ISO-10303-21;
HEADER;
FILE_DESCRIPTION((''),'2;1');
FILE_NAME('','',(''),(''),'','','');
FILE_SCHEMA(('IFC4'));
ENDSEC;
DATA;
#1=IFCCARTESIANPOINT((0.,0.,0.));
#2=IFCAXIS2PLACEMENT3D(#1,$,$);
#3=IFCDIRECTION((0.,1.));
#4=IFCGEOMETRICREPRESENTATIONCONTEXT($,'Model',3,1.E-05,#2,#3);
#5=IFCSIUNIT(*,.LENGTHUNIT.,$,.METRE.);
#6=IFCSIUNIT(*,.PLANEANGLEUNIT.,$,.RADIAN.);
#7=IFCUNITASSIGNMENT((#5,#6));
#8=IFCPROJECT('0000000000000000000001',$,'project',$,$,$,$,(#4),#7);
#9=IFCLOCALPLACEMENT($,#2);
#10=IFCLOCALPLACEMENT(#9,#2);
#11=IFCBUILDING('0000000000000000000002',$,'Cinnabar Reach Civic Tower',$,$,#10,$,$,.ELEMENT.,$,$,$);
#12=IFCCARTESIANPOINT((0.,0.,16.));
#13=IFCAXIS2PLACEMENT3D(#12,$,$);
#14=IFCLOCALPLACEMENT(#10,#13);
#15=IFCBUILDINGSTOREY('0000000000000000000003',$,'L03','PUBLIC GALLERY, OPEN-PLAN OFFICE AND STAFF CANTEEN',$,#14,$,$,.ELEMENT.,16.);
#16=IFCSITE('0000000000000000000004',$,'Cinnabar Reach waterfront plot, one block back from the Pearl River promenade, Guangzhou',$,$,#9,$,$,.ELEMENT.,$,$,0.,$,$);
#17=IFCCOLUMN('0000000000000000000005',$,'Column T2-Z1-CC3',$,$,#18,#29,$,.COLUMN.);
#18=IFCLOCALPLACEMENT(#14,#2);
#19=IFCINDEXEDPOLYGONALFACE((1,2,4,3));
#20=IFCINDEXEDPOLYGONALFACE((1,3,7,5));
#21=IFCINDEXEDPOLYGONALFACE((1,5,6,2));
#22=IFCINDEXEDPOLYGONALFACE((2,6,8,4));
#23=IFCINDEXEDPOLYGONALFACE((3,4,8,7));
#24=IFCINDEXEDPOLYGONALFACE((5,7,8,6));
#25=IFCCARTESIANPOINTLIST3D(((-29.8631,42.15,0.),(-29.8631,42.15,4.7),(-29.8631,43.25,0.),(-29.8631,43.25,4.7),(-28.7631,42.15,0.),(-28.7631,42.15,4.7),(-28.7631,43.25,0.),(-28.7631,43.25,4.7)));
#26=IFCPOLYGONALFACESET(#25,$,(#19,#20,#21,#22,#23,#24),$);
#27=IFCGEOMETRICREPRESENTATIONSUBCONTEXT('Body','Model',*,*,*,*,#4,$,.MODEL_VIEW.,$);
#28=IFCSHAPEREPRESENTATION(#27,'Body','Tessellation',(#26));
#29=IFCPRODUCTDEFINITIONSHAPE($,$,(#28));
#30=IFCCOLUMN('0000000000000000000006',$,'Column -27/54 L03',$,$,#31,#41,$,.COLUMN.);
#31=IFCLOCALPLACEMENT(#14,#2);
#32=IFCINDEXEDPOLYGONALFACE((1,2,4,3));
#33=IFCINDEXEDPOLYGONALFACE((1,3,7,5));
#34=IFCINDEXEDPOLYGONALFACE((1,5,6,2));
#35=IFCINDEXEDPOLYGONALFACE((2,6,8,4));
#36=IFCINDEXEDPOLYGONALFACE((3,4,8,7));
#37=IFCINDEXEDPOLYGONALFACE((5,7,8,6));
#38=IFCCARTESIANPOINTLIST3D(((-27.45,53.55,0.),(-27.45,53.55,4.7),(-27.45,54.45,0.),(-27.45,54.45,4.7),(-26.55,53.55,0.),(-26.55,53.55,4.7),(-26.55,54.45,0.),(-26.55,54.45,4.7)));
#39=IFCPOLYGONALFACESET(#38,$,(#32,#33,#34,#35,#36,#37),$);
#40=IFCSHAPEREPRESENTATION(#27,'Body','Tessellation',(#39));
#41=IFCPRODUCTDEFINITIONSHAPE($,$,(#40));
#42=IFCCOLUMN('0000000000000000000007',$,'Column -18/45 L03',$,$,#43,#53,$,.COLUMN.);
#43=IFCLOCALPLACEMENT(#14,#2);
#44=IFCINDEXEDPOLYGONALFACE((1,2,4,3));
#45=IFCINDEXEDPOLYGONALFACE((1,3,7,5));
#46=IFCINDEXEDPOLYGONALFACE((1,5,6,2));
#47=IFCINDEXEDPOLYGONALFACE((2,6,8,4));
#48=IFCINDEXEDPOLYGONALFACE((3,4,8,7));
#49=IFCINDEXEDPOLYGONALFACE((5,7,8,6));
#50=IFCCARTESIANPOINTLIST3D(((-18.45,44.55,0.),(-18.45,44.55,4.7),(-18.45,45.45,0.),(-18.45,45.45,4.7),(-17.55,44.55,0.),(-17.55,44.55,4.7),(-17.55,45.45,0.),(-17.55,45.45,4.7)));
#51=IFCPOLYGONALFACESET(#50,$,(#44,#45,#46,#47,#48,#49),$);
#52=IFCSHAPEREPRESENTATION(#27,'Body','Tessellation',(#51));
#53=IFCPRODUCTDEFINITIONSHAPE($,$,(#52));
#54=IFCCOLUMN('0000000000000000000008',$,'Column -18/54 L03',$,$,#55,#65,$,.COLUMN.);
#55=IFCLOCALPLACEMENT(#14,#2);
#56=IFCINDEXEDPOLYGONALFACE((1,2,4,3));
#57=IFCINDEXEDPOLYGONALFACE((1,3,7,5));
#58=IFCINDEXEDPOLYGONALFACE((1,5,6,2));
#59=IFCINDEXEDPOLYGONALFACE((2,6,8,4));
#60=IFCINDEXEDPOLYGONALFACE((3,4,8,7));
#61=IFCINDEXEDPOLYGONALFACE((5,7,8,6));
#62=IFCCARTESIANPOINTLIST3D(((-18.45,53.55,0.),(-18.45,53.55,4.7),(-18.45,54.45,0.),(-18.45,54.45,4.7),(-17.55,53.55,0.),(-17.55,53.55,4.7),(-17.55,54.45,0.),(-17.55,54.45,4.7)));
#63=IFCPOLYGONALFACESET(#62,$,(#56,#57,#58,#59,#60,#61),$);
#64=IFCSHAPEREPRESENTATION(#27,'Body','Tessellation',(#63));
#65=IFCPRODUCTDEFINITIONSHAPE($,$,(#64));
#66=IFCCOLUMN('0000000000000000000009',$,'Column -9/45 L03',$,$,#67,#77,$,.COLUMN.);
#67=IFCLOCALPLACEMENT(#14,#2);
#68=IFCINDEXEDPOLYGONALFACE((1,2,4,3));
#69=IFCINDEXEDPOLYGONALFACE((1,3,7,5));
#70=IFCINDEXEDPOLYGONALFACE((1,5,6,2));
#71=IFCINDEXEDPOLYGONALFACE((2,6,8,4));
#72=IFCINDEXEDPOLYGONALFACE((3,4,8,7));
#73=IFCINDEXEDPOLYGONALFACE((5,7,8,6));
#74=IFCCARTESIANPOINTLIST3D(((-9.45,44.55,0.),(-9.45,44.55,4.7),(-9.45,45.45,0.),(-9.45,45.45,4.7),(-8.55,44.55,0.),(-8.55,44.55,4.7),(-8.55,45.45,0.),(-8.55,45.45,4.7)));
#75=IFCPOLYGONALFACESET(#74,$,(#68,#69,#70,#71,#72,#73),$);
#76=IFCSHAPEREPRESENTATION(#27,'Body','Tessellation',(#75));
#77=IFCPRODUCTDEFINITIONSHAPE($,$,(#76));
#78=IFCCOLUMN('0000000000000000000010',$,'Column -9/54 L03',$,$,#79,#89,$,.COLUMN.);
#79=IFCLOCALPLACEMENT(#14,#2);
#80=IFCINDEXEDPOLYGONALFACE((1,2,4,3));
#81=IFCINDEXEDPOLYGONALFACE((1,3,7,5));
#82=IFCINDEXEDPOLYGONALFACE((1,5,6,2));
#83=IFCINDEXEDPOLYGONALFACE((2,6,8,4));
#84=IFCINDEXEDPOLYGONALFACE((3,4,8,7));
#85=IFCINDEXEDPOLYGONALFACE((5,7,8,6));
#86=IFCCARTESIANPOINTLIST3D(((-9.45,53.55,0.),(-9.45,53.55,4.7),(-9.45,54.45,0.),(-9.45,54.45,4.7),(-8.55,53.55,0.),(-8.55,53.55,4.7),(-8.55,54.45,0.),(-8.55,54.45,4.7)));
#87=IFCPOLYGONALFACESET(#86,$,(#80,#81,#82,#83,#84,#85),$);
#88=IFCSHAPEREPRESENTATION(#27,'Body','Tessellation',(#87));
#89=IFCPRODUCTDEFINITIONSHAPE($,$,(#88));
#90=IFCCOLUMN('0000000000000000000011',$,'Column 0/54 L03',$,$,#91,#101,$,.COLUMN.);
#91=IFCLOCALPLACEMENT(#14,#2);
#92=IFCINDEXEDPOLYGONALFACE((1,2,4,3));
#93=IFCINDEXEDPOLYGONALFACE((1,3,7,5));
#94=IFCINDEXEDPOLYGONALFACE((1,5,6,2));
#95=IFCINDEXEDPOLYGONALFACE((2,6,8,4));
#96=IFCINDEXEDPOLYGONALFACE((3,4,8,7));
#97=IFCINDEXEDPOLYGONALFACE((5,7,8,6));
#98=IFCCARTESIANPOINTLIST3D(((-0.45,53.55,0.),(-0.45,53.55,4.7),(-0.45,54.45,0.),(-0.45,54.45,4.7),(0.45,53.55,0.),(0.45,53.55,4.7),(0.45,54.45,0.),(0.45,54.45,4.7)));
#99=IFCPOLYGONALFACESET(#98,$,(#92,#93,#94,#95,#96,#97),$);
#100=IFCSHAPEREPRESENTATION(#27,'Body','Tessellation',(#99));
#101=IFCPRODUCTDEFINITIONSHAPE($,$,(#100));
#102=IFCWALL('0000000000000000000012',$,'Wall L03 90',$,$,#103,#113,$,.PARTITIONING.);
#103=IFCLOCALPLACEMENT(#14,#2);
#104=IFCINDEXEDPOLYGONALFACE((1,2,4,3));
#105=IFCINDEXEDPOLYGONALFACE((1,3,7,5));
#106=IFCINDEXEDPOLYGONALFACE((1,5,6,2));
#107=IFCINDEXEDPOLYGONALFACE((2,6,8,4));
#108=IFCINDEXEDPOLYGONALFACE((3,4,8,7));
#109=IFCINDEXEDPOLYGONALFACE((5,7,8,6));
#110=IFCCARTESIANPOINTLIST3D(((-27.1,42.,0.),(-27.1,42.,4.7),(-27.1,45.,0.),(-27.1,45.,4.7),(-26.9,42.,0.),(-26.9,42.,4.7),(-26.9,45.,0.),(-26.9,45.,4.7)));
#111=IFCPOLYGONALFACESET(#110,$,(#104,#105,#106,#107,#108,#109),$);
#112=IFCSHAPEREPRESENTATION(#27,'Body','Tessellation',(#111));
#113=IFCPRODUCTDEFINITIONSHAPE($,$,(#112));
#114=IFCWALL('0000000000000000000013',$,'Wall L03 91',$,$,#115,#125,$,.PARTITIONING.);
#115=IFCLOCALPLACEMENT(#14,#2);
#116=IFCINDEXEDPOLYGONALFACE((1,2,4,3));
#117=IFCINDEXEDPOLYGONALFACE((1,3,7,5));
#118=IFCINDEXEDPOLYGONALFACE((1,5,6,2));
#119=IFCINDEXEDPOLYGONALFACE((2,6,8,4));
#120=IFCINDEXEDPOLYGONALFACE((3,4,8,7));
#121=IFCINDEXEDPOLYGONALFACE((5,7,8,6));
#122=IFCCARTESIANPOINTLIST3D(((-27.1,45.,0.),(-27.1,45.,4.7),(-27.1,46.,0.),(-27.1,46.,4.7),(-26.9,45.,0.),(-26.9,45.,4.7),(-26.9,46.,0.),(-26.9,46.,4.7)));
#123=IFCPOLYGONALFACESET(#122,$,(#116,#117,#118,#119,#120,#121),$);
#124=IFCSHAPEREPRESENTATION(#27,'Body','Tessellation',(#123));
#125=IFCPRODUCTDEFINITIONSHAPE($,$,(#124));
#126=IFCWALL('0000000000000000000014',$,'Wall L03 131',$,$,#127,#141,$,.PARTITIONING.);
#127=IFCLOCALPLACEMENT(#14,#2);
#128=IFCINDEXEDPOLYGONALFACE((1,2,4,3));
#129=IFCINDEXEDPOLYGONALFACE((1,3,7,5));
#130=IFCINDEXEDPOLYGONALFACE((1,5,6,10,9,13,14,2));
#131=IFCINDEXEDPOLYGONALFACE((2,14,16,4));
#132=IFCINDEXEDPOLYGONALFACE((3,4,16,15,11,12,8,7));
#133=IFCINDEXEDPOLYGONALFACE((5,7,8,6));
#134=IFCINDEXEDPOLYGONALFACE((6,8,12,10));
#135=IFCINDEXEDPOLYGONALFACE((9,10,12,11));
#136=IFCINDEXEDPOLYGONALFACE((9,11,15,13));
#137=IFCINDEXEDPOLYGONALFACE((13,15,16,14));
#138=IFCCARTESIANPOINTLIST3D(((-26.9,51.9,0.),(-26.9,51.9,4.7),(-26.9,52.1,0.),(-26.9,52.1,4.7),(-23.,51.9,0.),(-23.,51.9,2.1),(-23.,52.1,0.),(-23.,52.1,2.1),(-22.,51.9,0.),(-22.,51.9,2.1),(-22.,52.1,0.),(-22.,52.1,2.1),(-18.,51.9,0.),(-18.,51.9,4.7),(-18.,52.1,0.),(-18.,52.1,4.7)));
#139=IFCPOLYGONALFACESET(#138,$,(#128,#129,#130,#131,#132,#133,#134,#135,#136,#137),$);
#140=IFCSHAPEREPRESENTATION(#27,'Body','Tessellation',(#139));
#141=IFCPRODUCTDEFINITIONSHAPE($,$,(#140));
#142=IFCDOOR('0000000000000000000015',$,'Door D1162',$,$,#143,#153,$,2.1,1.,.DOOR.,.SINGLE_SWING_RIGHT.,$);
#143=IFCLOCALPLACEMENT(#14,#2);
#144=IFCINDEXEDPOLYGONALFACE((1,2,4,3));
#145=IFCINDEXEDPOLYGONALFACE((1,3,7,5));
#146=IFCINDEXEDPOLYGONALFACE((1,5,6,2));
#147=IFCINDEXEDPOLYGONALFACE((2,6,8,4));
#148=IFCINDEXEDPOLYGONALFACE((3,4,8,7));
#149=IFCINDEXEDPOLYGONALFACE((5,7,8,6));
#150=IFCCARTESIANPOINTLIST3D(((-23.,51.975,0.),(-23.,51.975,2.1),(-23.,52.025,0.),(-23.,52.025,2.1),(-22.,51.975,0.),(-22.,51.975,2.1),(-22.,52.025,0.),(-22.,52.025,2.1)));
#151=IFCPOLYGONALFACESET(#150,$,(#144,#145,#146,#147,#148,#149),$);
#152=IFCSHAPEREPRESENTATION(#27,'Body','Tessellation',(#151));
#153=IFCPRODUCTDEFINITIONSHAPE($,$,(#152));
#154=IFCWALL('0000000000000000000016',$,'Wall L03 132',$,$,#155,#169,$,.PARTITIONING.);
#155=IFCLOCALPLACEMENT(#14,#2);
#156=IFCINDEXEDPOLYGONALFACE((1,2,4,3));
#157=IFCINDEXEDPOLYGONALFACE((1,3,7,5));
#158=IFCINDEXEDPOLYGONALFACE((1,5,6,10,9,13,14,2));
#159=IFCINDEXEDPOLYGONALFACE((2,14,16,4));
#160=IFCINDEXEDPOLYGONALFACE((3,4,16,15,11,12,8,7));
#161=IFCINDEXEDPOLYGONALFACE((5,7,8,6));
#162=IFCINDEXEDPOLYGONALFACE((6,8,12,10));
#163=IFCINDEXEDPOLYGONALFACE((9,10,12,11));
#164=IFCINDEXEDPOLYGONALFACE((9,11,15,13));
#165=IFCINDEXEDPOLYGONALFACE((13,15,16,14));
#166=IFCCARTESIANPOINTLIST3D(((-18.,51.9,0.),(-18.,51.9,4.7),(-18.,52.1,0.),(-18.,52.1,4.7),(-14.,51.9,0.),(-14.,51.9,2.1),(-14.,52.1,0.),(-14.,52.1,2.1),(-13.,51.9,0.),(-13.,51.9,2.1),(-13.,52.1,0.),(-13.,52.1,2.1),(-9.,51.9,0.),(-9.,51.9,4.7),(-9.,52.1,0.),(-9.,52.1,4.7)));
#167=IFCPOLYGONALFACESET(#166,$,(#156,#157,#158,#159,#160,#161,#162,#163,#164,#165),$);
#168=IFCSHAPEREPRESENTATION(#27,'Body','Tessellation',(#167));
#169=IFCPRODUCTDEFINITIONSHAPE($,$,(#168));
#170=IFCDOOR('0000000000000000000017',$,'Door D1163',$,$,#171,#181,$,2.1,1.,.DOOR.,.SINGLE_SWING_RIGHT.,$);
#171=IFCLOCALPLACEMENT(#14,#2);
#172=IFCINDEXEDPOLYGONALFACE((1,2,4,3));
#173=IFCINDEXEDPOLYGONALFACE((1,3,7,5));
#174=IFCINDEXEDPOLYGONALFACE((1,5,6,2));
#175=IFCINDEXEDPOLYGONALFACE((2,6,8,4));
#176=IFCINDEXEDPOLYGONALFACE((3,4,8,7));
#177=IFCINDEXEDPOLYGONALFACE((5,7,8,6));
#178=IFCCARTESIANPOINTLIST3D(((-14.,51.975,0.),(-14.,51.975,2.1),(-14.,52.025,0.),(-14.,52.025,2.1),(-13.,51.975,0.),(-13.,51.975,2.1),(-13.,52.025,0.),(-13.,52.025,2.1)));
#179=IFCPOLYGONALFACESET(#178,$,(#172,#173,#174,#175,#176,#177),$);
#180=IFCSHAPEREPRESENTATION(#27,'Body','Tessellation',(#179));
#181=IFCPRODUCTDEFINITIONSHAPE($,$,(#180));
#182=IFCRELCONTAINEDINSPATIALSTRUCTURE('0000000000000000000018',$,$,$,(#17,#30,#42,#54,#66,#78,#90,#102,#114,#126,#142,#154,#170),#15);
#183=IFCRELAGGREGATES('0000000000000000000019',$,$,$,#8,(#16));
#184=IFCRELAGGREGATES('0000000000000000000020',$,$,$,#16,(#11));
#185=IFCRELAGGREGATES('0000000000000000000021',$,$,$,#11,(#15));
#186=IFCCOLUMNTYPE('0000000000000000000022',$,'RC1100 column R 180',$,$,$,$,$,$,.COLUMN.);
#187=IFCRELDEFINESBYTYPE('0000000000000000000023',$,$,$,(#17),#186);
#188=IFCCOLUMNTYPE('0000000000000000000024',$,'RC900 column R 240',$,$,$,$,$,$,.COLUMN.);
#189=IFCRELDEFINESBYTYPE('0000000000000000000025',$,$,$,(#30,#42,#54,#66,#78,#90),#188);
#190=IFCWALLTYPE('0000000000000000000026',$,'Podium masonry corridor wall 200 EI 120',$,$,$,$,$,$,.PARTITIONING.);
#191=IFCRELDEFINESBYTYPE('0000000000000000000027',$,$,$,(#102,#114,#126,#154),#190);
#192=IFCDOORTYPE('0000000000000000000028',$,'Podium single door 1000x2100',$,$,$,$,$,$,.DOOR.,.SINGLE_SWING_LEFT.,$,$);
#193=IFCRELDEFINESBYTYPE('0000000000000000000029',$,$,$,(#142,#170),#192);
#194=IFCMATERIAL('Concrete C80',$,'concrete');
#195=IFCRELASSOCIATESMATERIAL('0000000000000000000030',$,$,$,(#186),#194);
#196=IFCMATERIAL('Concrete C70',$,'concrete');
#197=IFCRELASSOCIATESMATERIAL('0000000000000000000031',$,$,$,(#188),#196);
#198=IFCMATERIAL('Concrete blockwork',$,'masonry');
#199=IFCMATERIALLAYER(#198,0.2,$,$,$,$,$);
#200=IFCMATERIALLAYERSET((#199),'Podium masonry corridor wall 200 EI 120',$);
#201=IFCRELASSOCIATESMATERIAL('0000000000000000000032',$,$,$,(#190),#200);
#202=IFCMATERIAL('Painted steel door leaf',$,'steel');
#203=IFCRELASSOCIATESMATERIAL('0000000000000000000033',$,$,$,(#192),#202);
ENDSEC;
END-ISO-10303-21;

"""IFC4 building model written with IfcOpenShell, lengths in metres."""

from ifc_helpers import new_model, si_unit, direction, frame, frame_2d, origin, origin_2d, place, context, subcontext, project, spatial, rectangle, extrude, material, layer, layer_set, material_profile, profile_set, type_object, element, fill, save


model = new_model("IFC4")

# Units and contexts
model_context = context("Model", 3, precision=1e-05, world=origin(), true_north=direction((0.0, 1.0)))
body_context = subcontext(model_context, "Body", "Model", "MODEL_VIEW")
ifc_project = project(units=[si_unit("LENGTHUNIT", "METRE"), si_unit("PLANEANGLEUNIT", "RADIAN")], contexts=[model_context])

# Site, building, storey
site_placement = place(None, origin())
site = spatial("IfcSite", under=ifc_project, at=site_placement, Name="Cinnabar Reach waterfront plot, one block back from the Pearl River promenade, Guangzhou", CompositionType="ELEMENT", RefElevation=0.0)
building_placement = place(site_placement, origin())
building = spatial("IfcBuilding", under=site, at=building_placement, Name="Cinnabar Reach Civic Tower", CompositionType="ELEMENT")
storey_placement = place(building_placement, frame((0.0, 0.0, 16.0)))
storey = spatial("IfcBuildingStorey", under=building, at=storey_placement, Name="L03", Description="PUBLIC GALLERY, OPEN-PLAN OFFICE AND STAFF CANTEEN", CompositionType="ELEMENT", Elevation=16.0)

# Columns
ifc_material_1 = material(Name="Concrete C80", Category="concrete")
ifc_material_profile_1 = material_profile(ifc_material_1, rectangle(XDim=1.1, YDim=1.1, at=origin_2d()), Name="RC1100")
ifc_profile_set_1 = profile_set([ifc_material_profile_1], Name="Concrete C80")
column_type_1 = type_object("IfcColumnType", Name="RC1100 column R 180", PredefinedType="COLUMN", material=ifc_profile_set_1)
column_placement = place(storey_placement, frame((-29.3131, 42.7, 0.0), z_axis=(0.0, 0.0, 1.0), x_axis=(1.0, 0.0, 0.0)))
element("IfcColumn", 1, at=column_placement, inside=storey, type_object=column_type_1, Name="Column T2-Z1-CC3", PredefinedType="COLUMN", context=body_context, shape_type="SweptSolid", body=[
    extrude(rectangle(XDim=1.1, YDim=1.1, at=origin_2d()), origin(), (0.0, 0.0, 1.0), 4.7),
])
ifc_material_2 = material(Name="Concrete C70", Category="concrete")
ifc_material_profile_2 = material_profile(ifc_material_2, rectangle(XDim=0.9, YDim=0.9, at=origin_2d()), Name="RC900")
ifc_profile_set_2 = profile_set([ifc_material_profile_2], Name="Concrete C70")
column_type_2 = type_object("IfcColumnType", Name="RC900 column R 240", PredefinedType="COLUMN", material=ifc_profile_set_2)
for number, where, z_axis, x_axis, name in (
    (2, (-27.0, 54.0, 0.0), (0.0, 0.0, 1.0), (1.0, 0.0, 0.0), "Column -27/54 L03"),
    (3, (-18.0, 45.0, 0.0), (0.0, 0.0, 1.0), (1.0, 0.0, 0.0), "Column -18/45 L03"),
    (4, (-18.0, 54.0, 0.0), (0.0, 0.0, 1.0), (1.0, 0.0, 0.0), "Column -18/54 L03"),
    (5, (-9.0, 45.0, 0.0), (0.0, 0.0, 1.0), (1.0, 0.0, 0.0), "Column -9/45 L03"),
    (6, (-9.0, 54.0, 0.0), (0.0, 0.0, 1.0), (1.0, 0.0, 0.0), "Column -9/54 L03"),
    (7, (0.0, 54.0, 0.0), (0.0, 0.0, 1.0), (1.0, 0.0, 0.0), "Column 0/54 L03"),
):
    element("IfcColumn", number, at=place(storey_placement, frame(where, z_axis=z_axis, x_axis=x_axis)), inside=storey, type_object=column_type_2, Name=name, PredefinedType="COLUMN", context=body_context, shape_type="SweptSolid", body=[
        extrude(rectangle(XDim=0.9, YDim=0.9, at=origin_2d()), origin(), (0.0, 0.0, 1.0), 4.7),
    ])

# Walls
ifc_material_3 = material(Name="Concrete blockwork", Category="masonry")
ifc_layer_1 = layer(ifc_material_3, 0.2)
ifc_layer_set_1 = layer_set([ifc_layer_1], Name="Podium masonry corridor wall 200 EI 120")
wall_type_1 = type_object("IfcWallType", Name="Podium masonry corridor wall 200 EI 120", PredefinedType="PARTITIONING", material=ifc_layer_set_1)
wall_1_placement = place(storey_placement, frame((-27.0, 42.0, 0.0), z_axis=(0.0, 0.0, 1.0), x_axis=(0.0, 1.0, 0.0)))
element("IfcWall", 8, at=wall_1_placement, inside=storey, type_object=wall_type_1, Name="Wall L03 90", PredefinedType="PARTITIONING", context=body_context, shape_type="SweptSolid", body=[
    extrude(rectangle(XDim=3.0, YDim=0.2, at=frame_2d((1.5, 0.0))), origin(), (0.0, 0.0, 1.0), 4.7),
])
wall_2_placement = place(storey_placement, frame((-27.0, 45.0, 0.0), z_axis=(0.0, 0.0, 1.0), x_axis=(0.0, 1.0, 0.0)))
element("IfcWall", 9, at=wall_2_placement, inside=storey, type_object=wall_type_1, Name="Wall L03 91", PredefinedType="PARTITIONING", context=body_context, shape_type="SweptSolid", body=[
    extrude(rectangle(XDim=1.0, YDim=0.2, at=frame_2d((0.5, 0.0))), origin(), (0.0, 0.0, 1.0), 4.7),
])

# Walls, openings, doors
wall_3_placement = place(storey_placement, frame((-26.9, 52.0, 0.0), z_axis=(0.0, 0.0, 1.0), x_axis=(1.0, 0.0, 0.0)))
wall_3 = element("IfcWall", 10, at=wall_3_placement, inside=storey, type_object=wall_type_1, Name="Wall L03 131", PredefinedType="PARTITIONING", context=body_context, shape_type="SweptSolid", body=[
    extrude(rectangle(XDim=8.9, YDim=0.2, at=frame_2d((4.45, 0.0))), origin(), (0.0, 0.0, 1.0), 4.7),
])
opening_1_placement = place(wall_3_placement, frame((3.9, 0.0, 0.0)))
opening_1 = element("IfcOpeningElement", 11, at=opening_1_placement, cuts=wall_3, PredefinedType="OPENING", context=body_context, shape_type="SweptSolid", body=[
    extrude(rectangle(XDim=1.0, YDim=2.1, at=frame_2d((0.5, 1.05))), frame((0.0, 0.11, 0.0), z_axis=(0.0, -1.0, 0.0), x_axis=(1.0, 0.0, 0.0)), (0.0, 0.0, 1.0), 0.22),
])
ifc_material_4 = material(Name="Painted steel door leaf", Category="steel")
door_type = type_object("IfcDoorType", Name="Podium single door 1000x2100", OperationType="SINGLE_SWING_LEFT", PredefinedType="DOOR", material=ifc_material_4)
door_1_placement = place(opening_1_placement, origin())
door_1 = element("IfcDoor", 12, at=door_1_placement, inside=storey, type_object=door_type, Name="Door D1162", OperationType="SINGLE_SWING_RIGHT", OverallHeight=2.1, OverallWidth=1.0, PredefinedType="DOOR", context=body_context, shape_type="SweptSolid", body=[
    extrude(rectangle(XDim=1.0, YDim=2.1, at=frame_2d((0.5, 1.05))), frame((0.0, 0.025, 0.0), z_axis=(0.0, -1.0, 0.0), x_axis=(1.0, 0.0, 0.0)), (0.0, 0.0, 1.0), 0.05),
])
fill(opening_1, door_1)
wall_4_placement = place(storey_placement, frame((-18.0, 52.0, 0.0), z_axis=(0.0, 0.0, 1.0), x_axis=(1.0, 0.0, 0.0)))
wall_4 = element("IfcWall", 13, at=wall_4_placement, inside=storey, type_object=wall_type_1, Name="Wall L03 132", PredefinedType="PARTITIONING", context=body_context, shape_type="SweptSolid", body=[
    extrude(rectangle(XDim=9.0, YDim=0.2, at=frame_2d((4.5, 0.0))), origin(), (0.0, 0.0, 1.0), 4.7),
])
opening_2_placement = place(wall_4_placement, frame((4.0, 0.0, 0.0)))
opening_2 = element("IfcOpeningElement", 14, at=opening_2_placement, cuts=wall_4, PredefinedType="OPENING", context=body_context, shape_type="SweptSolid", body=[
    extrude(rectangle(XDim=1.0, YDim=2.1, at=frame_2d((0.5, 1.05))), frame((0.0, 0.11, 0.0), z_axis=(0.0, -1.0, 0.0), x_axis=(1.0, 0.0, 0.0)), (0.0, 0.0, 1.0), 0.22),
])
door_2_placement = place(opening_2_placement, origin())
door_2 = element("IfcDoor", 15, at=door_2_placement, inside=storey, type_object=door_type, Name="Door D1163", OperationType="SINGLE_SWING_RIGHT", OverallHeight=2.1, OverallWidth=1.0, PredefinedType="DOOR", context=body_context, shape_type="SweptSolid", body=[
    extrude(rectangle(XDim=1.0, YDim=2.1, at=frame_2d((0.5, 1.05))), frame((0.0, 0.025, 0.0), z_axis=(0.0, -1.0, 0.0), x_axis=(1.0, 0.0, 0.0)), (0.0, 0.0, 1.0), 0.05),
])
fill(opening_2, door_2)

save(model, "model.ifc")
